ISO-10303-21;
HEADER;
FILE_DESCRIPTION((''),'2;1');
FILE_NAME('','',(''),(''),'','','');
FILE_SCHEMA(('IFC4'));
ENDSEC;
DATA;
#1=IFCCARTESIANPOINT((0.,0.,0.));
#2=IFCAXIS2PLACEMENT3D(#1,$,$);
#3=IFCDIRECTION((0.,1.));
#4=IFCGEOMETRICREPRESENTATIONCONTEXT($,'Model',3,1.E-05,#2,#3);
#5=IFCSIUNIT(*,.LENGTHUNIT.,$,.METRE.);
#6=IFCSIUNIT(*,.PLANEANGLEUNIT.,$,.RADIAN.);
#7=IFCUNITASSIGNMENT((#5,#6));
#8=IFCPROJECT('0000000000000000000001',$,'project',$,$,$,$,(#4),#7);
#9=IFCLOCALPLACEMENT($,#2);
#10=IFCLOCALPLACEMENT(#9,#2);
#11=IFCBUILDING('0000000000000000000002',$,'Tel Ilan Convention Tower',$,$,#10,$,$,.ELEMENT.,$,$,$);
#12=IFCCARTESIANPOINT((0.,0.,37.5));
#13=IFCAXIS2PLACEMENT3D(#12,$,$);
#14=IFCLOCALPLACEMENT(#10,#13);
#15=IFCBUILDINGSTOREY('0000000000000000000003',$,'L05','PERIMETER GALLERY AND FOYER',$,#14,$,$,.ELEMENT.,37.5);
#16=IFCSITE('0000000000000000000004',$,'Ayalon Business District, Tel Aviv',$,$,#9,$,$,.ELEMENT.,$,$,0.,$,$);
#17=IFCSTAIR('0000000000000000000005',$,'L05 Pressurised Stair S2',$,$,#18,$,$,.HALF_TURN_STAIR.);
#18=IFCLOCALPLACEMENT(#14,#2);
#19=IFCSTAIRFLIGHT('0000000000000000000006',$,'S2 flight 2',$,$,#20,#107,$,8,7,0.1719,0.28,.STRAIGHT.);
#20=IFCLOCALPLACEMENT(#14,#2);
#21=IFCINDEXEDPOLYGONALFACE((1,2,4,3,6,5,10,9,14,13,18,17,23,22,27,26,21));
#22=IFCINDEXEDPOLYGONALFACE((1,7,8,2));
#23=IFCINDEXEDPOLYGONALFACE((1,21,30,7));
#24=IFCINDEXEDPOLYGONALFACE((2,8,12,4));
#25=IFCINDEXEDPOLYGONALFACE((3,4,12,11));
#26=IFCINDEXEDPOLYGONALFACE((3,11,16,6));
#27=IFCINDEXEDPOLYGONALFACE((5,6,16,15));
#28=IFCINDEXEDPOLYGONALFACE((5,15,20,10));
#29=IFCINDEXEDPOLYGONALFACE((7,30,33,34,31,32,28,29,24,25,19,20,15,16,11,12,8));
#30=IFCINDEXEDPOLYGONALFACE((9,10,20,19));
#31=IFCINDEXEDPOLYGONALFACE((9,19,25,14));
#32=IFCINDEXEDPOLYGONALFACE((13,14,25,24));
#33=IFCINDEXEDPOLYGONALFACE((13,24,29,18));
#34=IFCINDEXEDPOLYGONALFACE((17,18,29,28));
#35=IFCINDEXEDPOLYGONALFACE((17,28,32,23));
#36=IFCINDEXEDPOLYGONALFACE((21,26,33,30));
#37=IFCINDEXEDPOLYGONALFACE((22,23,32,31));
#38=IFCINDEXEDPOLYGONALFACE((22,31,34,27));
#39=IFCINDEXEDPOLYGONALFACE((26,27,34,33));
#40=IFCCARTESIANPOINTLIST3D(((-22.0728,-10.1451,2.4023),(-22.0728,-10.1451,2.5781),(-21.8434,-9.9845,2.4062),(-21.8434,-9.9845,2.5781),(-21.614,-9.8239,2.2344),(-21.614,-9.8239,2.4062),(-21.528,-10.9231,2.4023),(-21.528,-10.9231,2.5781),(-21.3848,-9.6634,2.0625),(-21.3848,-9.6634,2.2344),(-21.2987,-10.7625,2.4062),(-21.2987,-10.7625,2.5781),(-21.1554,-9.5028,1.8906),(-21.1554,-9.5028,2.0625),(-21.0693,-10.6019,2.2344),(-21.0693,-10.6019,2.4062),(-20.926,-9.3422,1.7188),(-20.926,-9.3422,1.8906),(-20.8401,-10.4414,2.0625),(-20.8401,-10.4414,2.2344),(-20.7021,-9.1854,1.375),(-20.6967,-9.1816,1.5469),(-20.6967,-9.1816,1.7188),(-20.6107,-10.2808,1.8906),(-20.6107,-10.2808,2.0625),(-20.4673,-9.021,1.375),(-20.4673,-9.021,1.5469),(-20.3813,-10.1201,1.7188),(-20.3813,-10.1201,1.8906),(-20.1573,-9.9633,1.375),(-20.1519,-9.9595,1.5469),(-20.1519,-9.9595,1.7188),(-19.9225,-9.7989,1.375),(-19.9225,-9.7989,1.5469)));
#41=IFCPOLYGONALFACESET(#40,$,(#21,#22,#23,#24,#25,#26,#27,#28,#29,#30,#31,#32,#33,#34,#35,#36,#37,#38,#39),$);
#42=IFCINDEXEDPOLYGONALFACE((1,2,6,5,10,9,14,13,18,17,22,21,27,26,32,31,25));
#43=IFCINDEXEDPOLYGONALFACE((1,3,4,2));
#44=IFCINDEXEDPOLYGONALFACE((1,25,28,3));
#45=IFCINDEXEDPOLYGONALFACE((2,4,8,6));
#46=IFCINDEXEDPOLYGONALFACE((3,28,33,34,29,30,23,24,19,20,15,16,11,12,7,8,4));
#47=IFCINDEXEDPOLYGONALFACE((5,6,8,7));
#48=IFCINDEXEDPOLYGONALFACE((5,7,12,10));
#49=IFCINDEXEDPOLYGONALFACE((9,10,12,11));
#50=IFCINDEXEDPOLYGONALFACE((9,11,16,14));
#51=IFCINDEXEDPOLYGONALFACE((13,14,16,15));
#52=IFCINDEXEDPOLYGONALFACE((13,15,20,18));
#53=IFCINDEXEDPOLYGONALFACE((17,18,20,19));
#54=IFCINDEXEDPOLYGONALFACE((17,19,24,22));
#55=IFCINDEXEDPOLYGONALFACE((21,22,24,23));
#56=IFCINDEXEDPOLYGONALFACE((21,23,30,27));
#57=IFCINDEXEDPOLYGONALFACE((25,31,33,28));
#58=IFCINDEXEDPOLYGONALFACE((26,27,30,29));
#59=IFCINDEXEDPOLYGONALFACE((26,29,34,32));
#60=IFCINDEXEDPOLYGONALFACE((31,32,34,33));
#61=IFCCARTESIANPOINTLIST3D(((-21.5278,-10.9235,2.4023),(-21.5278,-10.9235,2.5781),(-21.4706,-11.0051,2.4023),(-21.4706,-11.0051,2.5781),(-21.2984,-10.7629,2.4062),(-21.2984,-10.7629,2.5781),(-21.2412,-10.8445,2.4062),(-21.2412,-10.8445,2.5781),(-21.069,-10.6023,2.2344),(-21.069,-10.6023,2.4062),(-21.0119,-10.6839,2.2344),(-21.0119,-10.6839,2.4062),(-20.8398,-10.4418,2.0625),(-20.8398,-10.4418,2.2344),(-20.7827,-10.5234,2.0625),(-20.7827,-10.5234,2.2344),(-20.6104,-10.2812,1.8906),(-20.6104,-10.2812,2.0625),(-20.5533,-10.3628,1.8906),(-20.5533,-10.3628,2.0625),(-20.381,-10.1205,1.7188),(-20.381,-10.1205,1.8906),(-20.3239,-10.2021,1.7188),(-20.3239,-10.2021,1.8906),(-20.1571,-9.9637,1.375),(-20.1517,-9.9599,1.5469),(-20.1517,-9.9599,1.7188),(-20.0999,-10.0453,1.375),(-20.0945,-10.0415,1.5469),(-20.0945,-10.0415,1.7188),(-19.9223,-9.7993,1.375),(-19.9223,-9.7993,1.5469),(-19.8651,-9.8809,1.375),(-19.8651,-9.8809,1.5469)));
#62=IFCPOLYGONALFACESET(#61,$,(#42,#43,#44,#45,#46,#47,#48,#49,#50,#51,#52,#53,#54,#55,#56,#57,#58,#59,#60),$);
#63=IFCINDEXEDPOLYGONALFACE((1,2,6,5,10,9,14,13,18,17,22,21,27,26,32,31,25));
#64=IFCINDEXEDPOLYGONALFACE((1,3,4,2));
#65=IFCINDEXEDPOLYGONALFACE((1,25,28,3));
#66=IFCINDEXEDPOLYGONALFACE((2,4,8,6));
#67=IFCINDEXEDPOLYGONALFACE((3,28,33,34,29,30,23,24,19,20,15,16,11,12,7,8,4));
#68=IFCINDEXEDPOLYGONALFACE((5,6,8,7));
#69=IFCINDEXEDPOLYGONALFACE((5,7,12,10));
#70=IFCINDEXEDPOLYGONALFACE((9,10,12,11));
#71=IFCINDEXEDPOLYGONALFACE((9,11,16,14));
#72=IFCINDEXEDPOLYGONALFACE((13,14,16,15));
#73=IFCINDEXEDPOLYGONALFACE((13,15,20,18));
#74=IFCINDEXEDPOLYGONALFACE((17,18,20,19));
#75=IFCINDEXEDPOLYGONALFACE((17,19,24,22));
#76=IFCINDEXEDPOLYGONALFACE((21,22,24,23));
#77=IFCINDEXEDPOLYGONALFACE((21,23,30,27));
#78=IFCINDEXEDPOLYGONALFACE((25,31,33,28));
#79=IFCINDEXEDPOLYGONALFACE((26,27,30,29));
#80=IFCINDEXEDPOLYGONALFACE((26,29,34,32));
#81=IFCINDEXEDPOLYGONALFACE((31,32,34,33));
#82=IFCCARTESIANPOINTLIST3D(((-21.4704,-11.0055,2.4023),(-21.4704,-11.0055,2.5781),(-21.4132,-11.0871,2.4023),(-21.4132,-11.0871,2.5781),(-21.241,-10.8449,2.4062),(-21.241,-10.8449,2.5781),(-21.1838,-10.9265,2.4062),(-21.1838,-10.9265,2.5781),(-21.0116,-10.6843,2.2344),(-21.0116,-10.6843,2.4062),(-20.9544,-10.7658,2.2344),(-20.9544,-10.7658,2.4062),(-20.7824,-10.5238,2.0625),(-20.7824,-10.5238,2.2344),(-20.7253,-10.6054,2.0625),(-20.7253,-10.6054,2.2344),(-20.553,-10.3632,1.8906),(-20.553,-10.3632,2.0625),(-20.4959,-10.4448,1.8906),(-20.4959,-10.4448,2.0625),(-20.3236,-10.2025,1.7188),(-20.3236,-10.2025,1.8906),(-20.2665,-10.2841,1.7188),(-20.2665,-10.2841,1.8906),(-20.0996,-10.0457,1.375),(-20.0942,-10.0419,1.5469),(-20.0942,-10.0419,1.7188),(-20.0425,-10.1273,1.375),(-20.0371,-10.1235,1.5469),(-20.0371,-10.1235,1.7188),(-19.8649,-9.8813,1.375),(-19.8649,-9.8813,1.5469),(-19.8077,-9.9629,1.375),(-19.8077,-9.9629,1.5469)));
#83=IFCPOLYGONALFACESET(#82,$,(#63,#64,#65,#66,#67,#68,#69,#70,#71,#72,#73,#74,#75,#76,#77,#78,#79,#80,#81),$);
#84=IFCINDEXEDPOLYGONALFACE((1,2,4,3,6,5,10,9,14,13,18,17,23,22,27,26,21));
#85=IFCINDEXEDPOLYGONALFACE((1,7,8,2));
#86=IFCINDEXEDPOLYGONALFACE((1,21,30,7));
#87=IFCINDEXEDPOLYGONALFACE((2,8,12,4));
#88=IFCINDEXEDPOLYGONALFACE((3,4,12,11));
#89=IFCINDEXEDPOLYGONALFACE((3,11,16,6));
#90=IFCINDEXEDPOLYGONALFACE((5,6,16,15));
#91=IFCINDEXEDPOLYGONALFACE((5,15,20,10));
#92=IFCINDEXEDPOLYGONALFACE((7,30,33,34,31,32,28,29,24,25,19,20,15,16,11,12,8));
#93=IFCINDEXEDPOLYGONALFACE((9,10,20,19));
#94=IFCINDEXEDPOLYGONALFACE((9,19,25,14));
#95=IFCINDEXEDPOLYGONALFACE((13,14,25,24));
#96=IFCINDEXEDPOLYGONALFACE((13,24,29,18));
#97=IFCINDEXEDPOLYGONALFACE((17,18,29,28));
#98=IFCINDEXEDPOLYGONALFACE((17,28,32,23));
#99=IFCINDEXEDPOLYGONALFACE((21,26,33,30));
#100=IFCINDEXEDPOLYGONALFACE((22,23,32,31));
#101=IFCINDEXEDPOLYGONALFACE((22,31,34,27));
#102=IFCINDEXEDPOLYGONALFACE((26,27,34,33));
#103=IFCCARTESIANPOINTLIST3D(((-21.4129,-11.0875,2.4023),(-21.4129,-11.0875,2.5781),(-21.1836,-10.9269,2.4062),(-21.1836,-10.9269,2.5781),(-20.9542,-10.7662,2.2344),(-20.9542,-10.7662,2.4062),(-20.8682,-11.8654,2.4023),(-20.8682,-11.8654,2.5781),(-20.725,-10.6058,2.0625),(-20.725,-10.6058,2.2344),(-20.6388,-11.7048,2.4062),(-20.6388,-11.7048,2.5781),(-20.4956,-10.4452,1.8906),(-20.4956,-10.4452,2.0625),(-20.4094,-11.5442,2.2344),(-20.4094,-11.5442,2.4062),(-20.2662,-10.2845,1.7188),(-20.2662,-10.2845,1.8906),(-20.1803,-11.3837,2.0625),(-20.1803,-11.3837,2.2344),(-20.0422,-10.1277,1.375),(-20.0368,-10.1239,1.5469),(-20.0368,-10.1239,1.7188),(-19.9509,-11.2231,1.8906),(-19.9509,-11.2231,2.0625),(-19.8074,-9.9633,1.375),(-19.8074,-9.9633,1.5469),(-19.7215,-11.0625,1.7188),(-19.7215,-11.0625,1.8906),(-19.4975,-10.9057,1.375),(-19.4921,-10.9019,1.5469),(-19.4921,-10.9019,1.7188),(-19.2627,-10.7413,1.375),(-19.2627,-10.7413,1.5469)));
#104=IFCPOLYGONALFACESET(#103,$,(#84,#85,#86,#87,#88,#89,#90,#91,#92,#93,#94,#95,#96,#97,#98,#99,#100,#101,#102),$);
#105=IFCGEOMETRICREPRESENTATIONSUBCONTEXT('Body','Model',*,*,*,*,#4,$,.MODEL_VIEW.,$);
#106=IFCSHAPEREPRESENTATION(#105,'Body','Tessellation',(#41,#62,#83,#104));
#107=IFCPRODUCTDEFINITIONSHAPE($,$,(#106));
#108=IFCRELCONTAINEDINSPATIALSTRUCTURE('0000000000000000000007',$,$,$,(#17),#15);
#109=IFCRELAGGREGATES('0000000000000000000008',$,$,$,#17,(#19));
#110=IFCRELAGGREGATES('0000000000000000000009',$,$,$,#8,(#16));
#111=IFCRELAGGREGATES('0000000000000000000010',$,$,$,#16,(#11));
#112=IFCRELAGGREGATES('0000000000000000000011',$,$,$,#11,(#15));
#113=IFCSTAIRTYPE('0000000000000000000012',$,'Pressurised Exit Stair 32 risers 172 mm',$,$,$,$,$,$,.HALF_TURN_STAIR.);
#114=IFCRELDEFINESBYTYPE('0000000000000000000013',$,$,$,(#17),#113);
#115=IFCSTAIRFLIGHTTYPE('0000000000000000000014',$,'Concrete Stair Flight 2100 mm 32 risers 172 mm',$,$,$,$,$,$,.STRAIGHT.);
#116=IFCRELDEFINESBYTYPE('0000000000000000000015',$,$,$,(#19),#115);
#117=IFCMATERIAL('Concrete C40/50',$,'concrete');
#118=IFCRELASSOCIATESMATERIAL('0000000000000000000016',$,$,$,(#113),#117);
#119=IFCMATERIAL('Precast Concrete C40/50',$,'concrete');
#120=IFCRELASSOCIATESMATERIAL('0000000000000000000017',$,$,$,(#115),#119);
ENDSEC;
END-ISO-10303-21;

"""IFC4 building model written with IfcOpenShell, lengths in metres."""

from ifc_helpers import new_model, si_unit, direction, frame, origin, place, context, subcontext, project, spatial, polyline, outline, extrude, material, type_object, element, aggregate, save


model = new_model("IFC4")

# Units and contexts
model_context = context("Model", 3, precision=1e-05, world=origin(), true_north=direction((0.0, 1.0)))
body_context = subcontext(model_context, "Body", "Model", "MODEL_VIEW")
ifc_project = project(units=[si_unit("LENGTHUNIT", "METRE"), si_unit("PLANEANGLEUNIT", "RADIAN")], contexts=[model_context])

# Site, building, storey
site_placement = place(None, origin())
site = spatial("IfcSite", under=ifc_project, at=site_placement, Name="Ayalon Business District, Tel Aviv", CompositionType="ELEMENT", RefElevation=0.0)
building_placement = place(site_placement, origin())
building = spatial("IfcBuilding", under=site, at=building_placement, Name="Tel Ilan Convention Tower", CompositionType="ELEMENT")
storey_placement = place(building_placement, frame((0.0, 0.0, 37.5)))
storey = spatial("IfcBuildingStorey", under=building, at=storey_placement, Name="L05", Description="PERIMETER GALLERY AND FOYER", CompositionType="ELEMENT", Elevation=37.5)

# Stair, stair flight
ifc_material_1 = material(Name="Concrete C40/50", Category="concrete")
stair_type = type_object("IfcStairType", Name="Pressurised Exit Stair 32 risers 172 mm", PredefinedType="HALF_TURN_STAIR", material=ifc_material_1)
stair_placement = place(storey_placement, origin())
stair = element("IfcStair", 1, at=stair_placement, inside=storey, type_object=stair_type, Name="L05 Pressurised Stair S2", PredefinedType="HALF_TURN_STAIR")
ifc_material_2 = material(Name="Precast Concrete C40/50", Category="concrete")
stair_flight_type = type_object("IfcStairFlightType", Name="Concrete Stair Flight 2100 mm 32 risers 172 mm", PredefinedType="STRAIGHT", material=ifc_material_2)
stair_flight_1_placement = place(storey_placement, frame((-19.865, -9.8811, 1.375), z_axis=(0.0, 0.0, 1.0), x_axis=(-0.819152, -0.573576, 0.0)))
stair_flight_1 = element("IfcStairFlight", 2, at=stair_flight_1_placement, type_object=stair_flight_type, Name="S2 flight 2", NumberOfRisers=8, NumberOfTreads=7, PredefinedType="STRAIGHT", RiserHeight=0.1719, TreadLength=0.28, context=body_context, shape_type="SweptSolid", body=[
    extrude(outline(polyline([(0.0, 0.0), (0.0, 0.1719), (0.28, 0.1719), (0.28, 0.3438), (0.5601, 0.3438), (0.5601, 0.5156), (0.8401, 0.5156), (0.8401, 0.6875), (1.1201, 0.6875), (1.1201, 0.8594), (1.3999, 0.8594), (1.3999, 1.0312), (1.6799, 1.0312), (1.6799, 1.2031), (1.96, 1.2031), (1.96, 1.375), (1.96, 1.0273), (0.2866, 0.0), (0.0, 0.0)])), frame((0.0, -0.1003, 0.0), z_axis=(0.0, -1.0, 0.0), x_axis=(1.0, 0.0, 0.0)), (0.0, 0.0, 1.0), 0.9497),
    extrude(outline(polyline([(0.0, 0.0), (0.0, 0.1719), (0.28, 0.1719), (0.28, 0.3438), (0.5601, 0.3438), (0.5601, 0.5156), (0.8401, 0.5156), (0.8401, 0.6875), (1.1201, 0.6875), (1.1201, 0.8594), (1.3999, 0.8594), (1.3999, 1.0312), (1.6799, 1.0312), (1.6799, 1.2031), (1.96, 1.2031), (1.96, 1.375), (1.96, 1.0273), (0.2866, 0.0), (0.0, 0.0)])), frame((0.0, -0.0002, 0.0), z_axis=(0.0, -1.0, 0.0), x_axis=(1.0, 0.0, 0.0)), (0.0, 0.0, 1.0), 0.0996),
    extrude(outline(polyline([(0.0, 0.0), (0.0, 0.1719), (0.28, 0.1719), (0.28, 0.3438), (0.5601, 0.3438), (0.5601, 0.5156), (0.8401, 0.5156), (0.8401, 0.6875), (1.1201, 0.6875), (1.1201, 0.8594), (1.3999, 0.8594), (1.3999, 1.0312), (1.6799, 1.0312), (1.6799, 1.2031), (1.96, 1.2031), (1.96, 1.375), (1.96, 1.0273), (0.2866, 0.0), (0.0, 0.0)])), frame((0.0, 0.0999, 0.0), z_axis=(0.0, -1.0, 0.0), x_axis=(1.0, 0.0, 0.0)), (0.0, 0.0, 1.0), 0.0996),
    extrude(outline(polyline([(0.0, 0.0), (0.0, 0.1719), (0.28, 0.1719), (0.28, 0.3438), (0.5601, 0.3438), (0.5601, 0.5156), (0.8401, 0.5156), (0.8401, 0.6875), (1.1201, 0.6875), (1.1201, 0.8594), (1.3999, 0.8594), (1.3999, 1.0312), (1.6799, 1.0312), (1.6799, 1.2031), (1.96, 1.2031), (1.96, 1.375), (1.96, 1.0273), (0.2866, 0.0), (0.0, 0.0)])), frame((0.0, 1.05, 0.0), z_axis=(0.0, -1.0, 0.0), x_axis=(1.0, 0.0, 0.0)), (0.0, 0.0, 1.0), 0.9497),
])
aggregate(stair, [stair_flight_1])

save(model, "model.ifc")
